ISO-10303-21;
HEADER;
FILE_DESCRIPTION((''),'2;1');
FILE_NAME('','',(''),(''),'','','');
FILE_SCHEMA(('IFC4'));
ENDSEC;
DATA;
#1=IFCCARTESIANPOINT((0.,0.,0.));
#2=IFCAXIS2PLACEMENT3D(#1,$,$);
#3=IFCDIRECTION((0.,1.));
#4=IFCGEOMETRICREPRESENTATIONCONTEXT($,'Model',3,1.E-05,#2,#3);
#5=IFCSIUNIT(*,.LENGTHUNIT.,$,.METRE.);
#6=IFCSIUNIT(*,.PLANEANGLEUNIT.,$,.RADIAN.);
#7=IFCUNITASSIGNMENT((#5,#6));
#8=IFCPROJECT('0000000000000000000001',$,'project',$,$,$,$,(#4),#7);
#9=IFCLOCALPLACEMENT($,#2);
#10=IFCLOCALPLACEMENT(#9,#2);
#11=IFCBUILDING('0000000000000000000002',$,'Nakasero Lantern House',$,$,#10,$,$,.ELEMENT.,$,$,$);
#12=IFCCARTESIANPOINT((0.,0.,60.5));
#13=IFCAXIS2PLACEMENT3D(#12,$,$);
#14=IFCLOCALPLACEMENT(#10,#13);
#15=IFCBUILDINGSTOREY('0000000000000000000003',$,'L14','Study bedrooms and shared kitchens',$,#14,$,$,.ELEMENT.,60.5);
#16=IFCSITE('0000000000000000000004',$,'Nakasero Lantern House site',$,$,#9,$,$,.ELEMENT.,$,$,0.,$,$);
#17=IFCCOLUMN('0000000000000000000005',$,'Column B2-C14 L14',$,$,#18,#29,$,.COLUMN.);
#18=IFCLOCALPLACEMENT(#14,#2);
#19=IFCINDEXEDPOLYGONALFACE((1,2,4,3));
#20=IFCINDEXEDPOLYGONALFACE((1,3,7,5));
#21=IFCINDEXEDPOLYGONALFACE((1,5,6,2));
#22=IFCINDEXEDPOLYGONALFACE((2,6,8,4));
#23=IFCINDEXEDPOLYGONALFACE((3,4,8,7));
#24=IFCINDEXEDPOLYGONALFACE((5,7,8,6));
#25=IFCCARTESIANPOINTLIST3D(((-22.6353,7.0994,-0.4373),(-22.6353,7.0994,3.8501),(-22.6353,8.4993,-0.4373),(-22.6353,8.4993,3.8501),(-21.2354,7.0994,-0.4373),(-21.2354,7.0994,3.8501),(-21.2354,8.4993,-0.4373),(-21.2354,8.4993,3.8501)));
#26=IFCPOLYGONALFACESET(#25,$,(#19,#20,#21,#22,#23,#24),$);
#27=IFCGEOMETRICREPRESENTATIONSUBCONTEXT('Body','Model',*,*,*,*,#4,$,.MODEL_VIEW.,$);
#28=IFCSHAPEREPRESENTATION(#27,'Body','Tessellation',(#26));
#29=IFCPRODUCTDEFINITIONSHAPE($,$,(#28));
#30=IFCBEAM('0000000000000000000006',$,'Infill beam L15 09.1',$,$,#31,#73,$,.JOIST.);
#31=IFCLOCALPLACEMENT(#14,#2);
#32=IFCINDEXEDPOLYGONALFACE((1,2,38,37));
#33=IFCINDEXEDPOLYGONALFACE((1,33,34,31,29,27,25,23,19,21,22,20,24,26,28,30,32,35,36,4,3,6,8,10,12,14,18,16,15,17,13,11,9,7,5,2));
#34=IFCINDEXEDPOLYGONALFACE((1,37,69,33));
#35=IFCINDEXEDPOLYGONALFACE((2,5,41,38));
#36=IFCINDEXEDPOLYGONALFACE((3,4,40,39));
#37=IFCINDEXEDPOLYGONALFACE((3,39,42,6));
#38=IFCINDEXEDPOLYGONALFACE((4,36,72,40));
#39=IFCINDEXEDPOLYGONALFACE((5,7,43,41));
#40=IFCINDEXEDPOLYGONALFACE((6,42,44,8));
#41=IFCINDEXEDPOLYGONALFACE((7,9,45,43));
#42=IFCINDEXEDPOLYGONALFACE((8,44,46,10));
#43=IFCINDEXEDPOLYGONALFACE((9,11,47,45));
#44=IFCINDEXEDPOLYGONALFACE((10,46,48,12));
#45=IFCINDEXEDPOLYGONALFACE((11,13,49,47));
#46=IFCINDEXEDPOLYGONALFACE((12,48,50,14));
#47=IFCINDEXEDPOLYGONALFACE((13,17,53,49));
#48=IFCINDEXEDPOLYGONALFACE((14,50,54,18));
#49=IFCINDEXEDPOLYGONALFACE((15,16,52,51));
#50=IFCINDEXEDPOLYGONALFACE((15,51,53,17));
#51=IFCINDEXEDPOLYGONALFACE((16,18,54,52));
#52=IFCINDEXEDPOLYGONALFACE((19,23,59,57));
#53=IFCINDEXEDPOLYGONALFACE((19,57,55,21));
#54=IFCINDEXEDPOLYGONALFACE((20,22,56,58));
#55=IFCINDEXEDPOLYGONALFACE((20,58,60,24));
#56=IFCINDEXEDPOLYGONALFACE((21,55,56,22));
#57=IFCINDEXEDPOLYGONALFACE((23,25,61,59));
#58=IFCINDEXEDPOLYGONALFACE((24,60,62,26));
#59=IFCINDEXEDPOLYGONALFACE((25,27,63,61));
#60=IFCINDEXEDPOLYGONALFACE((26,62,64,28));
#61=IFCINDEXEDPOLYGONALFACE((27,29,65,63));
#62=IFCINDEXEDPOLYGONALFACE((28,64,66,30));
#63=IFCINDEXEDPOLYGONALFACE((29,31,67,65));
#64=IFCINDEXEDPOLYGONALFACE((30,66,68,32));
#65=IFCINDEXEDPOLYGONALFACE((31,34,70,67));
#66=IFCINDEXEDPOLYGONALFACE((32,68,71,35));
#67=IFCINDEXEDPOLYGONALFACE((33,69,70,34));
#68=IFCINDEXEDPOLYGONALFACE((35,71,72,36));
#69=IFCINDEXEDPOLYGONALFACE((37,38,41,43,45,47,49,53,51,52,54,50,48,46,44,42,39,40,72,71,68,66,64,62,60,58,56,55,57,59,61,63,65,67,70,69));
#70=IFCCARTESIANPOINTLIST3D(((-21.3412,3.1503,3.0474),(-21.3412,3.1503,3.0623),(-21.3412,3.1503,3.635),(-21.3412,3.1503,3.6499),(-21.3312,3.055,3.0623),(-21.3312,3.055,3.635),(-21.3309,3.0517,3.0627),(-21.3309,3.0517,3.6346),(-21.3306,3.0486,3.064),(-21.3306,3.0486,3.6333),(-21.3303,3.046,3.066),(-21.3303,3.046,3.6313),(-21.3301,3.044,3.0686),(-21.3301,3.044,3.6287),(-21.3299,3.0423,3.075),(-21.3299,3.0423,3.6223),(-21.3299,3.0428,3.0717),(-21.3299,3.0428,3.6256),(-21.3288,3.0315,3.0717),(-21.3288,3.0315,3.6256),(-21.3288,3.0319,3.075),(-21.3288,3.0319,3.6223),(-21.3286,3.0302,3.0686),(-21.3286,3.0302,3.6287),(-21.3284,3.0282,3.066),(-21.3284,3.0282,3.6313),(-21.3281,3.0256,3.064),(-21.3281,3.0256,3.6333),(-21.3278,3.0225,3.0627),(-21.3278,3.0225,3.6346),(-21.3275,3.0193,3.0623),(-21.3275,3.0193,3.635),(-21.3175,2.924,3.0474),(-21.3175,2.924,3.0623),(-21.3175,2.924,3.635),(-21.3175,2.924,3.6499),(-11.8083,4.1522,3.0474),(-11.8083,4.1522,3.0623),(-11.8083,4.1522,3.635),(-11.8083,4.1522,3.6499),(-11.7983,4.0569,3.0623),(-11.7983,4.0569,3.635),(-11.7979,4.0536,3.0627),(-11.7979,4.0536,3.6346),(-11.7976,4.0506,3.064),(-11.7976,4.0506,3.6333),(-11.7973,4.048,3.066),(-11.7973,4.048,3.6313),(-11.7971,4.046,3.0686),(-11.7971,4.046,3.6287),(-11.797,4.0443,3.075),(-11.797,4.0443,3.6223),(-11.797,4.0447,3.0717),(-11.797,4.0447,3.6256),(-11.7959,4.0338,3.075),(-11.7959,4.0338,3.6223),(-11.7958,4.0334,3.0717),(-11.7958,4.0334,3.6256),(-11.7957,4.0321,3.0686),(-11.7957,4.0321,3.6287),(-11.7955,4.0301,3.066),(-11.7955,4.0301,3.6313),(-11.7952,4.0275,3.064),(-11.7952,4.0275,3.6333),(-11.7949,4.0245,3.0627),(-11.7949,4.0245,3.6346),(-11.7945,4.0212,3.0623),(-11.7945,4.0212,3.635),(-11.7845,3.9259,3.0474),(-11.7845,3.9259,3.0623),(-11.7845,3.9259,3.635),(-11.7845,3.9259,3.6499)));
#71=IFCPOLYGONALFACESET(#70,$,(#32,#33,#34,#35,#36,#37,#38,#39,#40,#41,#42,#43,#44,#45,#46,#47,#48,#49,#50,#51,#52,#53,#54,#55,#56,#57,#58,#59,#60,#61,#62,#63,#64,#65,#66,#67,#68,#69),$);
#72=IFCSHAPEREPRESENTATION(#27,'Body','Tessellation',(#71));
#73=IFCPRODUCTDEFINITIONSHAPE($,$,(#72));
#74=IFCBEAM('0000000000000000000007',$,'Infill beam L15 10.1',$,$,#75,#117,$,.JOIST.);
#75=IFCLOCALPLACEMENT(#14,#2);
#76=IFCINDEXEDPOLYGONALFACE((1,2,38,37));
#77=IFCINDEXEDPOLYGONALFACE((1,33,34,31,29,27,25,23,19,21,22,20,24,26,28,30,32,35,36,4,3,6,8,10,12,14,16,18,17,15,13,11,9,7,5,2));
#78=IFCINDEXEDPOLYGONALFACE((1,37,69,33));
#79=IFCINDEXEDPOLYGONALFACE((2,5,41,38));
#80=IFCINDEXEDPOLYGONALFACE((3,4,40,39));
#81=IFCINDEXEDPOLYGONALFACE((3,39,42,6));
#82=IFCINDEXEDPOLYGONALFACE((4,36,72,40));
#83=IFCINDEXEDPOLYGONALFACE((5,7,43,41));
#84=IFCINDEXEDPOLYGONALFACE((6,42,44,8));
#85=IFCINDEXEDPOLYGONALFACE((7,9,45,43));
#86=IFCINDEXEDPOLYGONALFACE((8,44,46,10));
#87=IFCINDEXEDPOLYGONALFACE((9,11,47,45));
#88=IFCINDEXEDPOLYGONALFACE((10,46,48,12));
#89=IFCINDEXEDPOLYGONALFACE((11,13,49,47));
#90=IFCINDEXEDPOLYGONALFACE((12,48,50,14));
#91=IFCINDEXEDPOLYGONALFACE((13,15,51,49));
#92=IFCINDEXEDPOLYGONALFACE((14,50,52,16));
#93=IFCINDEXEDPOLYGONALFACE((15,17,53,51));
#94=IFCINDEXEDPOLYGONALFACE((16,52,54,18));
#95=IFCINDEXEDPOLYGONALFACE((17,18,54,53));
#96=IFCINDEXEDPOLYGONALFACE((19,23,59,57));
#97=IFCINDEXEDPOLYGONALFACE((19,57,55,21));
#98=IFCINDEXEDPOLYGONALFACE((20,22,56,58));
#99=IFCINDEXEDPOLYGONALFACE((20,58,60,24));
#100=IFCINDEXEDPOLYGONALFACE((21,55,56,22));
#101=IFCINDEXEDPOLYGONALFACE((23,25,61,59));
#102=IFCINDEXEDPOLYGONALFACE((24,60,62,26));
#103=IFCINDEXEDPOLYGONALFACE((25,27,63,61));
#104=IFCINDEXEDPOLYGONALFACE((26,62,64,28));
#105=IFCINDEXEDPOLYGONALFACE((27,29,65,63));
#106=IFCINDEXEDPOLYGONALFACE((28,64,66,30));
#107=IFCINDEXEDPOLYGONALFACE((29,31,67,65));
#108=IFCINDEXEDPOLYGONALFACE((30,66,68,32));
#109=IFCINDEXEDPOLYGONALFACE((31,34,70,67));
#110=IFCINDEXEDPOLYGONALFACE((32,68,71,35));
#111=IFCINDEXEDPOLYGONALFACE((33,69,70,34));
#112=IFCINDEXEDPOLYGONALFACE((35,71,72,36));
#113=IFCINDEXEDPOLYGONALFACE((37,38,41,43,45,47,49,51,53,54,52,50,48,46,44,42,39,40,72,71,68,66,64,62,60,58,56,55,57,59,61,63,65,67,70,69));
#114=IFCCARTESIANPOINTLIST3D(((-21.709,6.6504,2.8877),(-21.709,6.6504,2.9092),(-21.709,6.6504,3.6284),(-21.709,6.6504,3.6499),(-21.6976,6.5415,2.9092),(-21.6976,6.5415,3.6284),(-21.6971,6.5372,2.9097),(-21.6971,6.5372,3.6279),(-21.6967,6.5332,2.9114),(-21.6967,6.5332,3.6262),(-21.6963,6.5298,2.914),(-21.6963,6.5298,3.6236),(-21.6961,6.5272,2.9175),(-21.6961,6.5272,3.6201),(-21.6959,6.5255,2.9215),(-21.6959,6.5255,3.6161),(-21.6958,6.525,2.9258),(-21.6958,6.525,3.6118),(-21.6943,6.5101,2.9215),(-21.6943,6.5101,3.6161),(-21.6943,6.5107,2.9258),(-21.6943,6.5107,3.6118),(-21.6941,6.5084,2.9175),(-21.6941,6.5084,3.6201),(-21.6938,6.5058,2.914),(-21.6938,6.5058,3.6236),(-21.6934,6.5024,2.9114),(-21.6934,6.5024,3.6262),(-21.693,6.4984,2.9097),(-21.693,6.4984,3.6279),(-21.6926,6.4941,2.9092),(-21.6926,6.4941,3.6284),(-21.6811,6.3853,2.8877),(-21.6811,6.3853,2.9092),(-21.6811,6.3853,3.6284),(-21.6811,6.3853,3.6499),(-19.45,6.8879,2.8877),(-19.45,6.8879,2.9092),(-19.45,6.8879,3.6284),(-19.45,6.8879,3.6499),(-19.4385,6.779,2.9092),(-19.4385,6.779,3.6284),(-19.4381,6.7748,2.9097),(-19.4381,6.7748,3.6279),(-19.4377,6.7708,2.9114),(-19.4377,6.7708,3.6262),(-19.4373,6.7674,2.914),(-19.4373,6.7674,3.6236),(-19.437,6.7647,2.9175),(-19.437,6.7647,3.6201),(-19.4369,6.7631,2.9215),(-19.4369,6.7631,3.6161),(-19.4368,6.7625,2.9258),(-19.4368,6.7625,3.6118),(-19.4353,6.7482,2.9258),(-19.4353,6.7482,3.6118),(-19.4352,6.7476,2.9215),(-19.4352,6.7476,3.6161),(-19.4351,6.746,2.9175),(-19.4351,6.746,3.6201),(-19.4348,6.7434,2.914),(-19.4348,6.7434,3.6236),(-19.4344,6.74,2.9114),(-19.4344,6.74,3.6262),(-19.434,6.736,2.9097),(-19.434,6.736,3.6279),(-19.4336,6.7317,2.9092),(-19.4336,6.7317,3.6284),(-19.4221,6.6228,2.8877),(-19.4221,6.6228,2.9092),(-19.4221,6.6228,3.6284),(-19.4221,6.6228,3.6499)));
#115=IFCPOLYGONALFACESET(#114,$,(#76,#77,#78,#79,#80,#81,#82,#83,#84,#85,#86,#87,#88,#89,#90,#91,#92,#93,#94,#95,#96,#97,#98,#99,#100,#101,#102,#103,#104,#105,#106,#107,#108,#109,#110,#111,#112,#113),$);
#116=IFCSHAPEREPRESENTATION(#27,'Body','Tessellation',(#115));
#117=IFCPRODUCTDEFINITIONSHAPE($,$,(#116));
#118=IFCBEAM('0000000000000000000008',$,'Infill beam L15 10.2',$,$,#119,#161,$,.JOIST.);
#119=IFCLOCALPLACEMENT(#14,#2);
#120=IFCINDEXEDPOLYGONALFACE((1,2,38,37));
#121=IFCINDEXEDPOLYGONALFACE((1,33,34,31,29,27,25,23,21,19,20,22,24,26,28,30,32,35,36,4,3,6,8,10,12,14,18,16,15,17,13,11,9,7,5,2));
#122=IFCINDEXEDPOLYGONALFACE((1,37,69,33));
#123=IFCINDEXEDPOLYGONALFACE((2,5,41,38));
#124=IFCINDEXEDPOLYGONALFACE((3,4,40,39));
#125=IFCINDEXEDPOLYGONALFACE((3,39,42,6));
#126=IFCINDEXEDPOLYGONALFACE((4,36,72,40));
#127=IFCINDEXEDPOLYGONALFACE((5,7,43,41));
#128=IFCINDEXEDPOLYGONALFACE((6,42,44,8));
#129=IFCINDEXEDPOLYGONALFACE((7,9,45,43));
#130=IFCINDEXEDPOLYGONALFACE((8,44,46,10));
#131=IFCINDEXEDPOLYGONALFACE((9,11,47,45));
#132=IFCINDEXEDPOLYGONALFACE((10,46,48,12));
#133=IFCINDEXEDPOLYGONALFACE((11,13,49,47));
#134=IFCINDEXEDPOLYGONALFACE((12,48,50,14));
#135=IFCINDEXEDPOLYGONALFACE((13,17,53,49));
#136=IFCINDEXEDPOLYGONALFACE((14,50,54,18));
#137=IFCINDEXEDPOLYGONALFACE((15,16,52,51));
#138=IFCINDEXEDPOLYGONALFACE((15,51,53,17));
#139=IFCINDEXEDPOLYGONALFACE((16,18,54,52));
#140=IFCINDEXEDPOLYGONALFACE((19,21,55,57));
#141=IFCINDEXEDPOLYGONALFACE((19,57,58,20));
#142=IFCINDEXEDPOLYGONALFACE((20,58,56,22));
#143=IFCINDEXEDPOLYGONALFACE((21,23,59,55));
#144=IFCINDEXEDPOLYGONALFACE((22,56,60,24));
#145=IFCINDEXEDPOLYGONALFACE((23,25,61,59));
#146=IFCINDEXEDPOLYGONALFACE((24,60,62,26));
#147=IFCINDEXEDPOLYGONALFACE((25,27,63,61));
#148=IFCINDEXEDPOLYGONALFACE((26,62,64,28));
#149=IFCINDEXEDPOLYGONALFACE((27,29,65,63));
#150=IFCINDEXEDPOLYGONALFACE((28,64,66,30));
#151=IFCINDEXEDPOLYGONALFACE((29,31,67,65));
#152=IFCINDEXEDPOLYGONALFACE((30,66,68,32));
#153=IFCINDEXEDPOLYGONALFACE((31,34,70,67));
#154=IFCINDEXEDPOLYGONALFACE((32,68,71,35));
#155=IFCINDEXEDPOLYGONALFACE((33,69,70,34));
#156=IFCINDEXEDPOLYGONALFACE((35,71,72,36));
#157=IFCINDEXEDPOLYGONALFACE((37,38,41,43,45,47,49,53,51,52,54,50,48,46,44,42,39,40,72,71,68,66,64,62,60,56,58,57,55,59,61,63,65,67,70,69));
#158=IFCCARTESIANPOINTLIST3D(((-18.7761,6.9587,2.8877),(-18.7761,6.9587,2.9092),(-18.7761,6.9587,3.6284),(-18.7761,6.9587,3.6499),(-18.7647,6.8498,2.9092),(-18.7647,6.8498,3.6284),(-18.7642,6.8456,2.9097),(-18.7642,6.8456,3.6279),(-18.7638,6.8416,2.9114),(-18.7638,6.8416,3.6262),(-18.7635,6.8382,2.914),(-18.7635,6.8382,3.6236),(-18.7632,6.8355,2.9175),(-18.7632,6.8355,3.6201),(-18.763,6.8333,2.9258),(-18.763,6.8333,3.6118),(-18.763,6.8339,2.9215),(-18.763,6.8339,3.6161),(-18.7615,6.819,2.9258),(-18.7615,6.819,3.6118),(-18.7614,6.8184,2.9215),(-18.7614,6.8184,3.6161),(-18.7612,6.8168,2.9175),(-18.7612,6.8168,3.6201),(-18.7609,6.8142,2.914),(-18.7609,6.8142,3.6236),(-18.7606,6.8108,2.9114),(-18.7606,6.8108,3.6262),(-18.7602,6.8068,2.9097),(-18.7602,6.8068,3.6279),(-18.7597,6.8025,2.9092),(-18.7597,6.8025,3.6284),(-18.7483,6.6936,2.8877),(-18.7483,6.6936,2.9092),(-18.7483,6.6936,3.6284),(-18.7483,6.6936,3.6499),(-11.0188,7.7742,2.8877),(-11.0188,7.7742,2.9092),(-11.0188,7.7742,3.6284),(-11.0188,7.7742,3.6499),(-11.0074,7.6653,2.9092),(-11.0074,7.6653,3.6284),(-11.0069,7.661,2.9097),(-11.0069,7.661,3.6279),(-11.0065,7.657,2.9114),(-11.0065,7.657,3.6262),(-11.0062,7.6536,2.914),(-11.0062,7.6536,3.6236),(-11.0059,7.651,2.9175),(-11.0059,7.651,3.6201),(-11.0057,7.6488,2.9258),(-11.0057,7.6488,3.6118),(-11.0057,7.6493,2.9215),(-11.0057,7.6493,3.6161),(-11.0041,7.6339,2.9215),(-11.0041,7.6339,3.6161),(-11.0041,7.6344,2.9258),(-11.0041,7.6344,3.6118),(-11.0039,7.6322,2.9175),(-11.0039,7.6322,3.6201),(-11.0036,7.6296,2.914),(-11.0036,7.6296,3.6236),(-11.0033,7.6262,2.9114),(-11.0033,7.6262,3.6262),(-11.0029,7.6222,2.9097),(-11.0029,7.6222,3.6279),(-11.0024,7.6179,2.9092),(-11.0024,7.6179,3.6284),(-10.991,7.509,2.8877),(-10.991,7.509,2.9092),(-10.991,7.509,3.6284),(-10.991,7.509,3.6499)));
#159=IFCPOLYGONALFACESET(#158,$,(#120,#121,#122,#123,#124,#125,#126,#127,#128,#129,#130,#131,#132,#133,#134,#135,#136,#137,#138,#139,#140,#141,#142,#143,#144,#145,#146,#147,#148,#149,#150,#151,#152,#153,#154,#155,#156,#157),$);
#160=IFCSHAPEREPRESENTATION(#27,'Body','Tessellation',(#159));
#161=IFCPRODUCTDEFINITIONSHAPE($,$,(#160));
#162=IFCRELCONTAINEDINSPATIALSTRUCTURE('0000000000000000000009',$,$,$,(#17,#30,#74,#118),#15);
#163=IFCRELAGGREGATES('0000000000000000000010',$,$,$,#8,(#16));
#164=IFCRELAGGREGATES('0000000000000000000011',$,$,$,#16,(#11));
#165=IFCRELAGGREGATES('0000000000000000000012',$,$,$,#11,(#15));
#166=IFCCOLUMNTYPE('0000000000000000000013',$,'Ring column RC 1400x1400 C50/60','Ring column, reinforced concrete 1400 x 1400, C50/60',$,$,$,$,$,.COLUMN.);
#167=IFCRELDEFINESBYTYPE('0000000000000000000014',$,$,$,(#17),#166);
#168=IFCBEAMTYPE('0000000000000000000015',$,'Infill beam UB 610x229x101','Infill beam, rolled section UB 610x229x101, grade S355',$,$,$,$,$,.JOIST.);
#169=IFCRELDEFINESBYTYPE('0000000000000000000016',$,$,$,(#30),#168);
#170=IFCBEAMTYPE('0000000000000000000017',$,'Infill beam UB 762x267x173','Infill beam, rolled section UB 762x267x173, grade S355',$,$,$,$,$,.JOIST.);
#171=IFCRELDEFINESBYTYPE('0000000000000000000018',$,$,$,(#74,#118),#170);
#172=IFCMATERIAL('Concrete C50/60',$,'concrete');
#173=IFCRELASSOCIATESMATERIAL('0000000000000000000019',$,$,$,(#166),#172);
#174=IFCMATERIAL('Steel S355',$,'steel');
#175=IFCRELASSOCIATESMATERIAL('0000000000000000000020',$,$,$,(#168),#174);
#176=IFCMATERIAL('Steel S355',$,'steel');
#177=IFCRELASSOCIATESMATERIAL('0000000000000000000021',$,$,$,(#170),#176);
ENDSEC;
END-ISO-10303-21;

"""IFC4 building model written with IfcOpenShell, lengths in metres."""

from ifc_helpers import new_model, si_unit, direction, frame, origin, origin_2d, place, context, subcontext, project, spatial, rectangle, i_section, extrude, material, material_profile, profile_set, type_object, element, save


model = new_model("IFC4")

# Units and contexts
model_context = context("Model", 3, precision=1e-05, world=origin(), true_north=direction((0.0, 1.0)))
body_context = subcontext(model_context, "Body", "Model", "MODEL_VIEW")
ifc_project = project(units=[si_unit("LENGTHUNIT", "METRE"), si_unit("PLANEANGLEUNIT", "RADIAN")], contexts=[model_context])

# Site, building, storey
site_placement = place(None, origin())
site = spatial("IfcSite", under=ifc_project, at=site_placement, Name="Nakasero Lantern House site", CompositionType="ELEMENT", RefElevation=0.0)
building_placement = place(site_placement, origin())
building = spatial("IfcBuilding", under=site, at=building_placement, Name="Nakasero Lantern House", CompositionType="ELEMENT")
storey_placement = place(building_placement, frame((0.0, 0.0, 60.5)))
storey = spatial("IfcBuildingStorey", under=building, at=storey_placement, Name="L14", Description="Study bedrooms and shared kitchens", CompositionType="ELEMENT", Elevation=60.5)

# Column
ifc_material_1 = material(Name="Concrete C50/60", Category="concrete")
ifc_material_profile_1 = material_profile(ifc_material_1, rectangle(XDim=1.3999, YDim=1.3999, at=origin_2d()), Name="RC 1400x1400")
ifc_profile_set_1 = profile_set([ifc_material_profile_1], Name="Concrete C50/60")
column_type = type_object("IfcColumnType", Name="Ring column RC 1400x1400 C50/60", Description="Ring column, reinforced concrete 1400 x 1400, C50/60", PredefinedType="COLUMN", material=ifc_profile_set_1)
column_placement = place(storey_placement, frame((-21.9353, 7.7993, -0.4373), z_axis=(0.0, 0.0, 1.0), x_axis=(1.0, 0.0, 0.0)))
element("IfcColumn", 1, at=column_placement, inside=storey, type_object=column_type, Name="Column B2-C14 L14", PredefinedType="COLUMN", context=body_context, shape_type="SweptSolid", body=[
    extrude(rectangle(XDim=1.3999, YDim=1.3999, at=origin_2d()), origin(), (0.0, 0.0, 1.0), 4.2874),
])

# Beams
ifc_material_2 = material(Name="Steel S355", Category="steel")
ifc_material_profile_2 = material_profile(ifc_material_2, i_section(OverallWidth=0.2275, OverallDepth=0.6025, WebThickness=0.0105, FlangeThickness=0.0149, FilletRadius=0.0127, at=origin_2d()), Name="UB 610x229x101")
ifc_profile_set_2 = profile_set([ifc_material_profile_2], Name="Steel S355")
beam_type_1 = type_object("IfcBeamType", Name="Infill beam UB 610x229x101", Description="Infill beam, rolled section UB 610x229x101, grade S355", PredefinedType="JOIST", material=ifc_profile_set_2)
beam_1_placement = place(storey_placement, frame((-21.3293, 3.0371, 3.3486), z_axis=(0.994522, 0.104528, 0.0), x_axis=(-0.104528, 0.994522, 0.0)))
element("IfcBeam", 2, at=beam_1_placement, inside=storey, type_object=beam_type_1, Name="Infill beam L15 09.1", PredefinedType="JOIST", context=body_context, shape_type="SweptSolid", body=[
    extrude(i_section(OverallWidth=0.2275, OverallDepth=0.6025, WebThickness=0.0105, FlangeThickness=0.0149, FilletRadius=0.0127, at=origin_2d()), origin(), (0.0, 0.0, 1.0), 9.5854),
])
ifc_material_3 = material(Name="Steel S355", Category="steel")
ifc_material_profile_3 = material_profile(ifc_material_3, i_section(OverallWidth=0.2666, OverallDepth=0.7622, WebThickness=0.0144, FlangeThickness=0.0215, FilletRadius=0.0166, at=origin_2d()), Name="UB 762x267x173")
ifc_profile_set_3 = profile_set([ifc_material_profile_3], Name="Steel S355")
beam_type_2 = type_object("IfcBeamType", Name="Infill beam UB 762x267x173", Description="Infill beam, rolled section UB 762x267x173, grade S355", PredefinedType="JOIST", material=ifc_profile_set_3)
beam_2_placement = place(storey_placement, frame((-21.6951, 6.5178, 3.2688), z_axis=(0.994517, 0.104578, 0.0), x_axis=(-0.104578, 0.994517, 0.0)))
element("IfcBeam", 3, at=beam_2_placement, inside=storey, type_object=beam_type_2, Name="Infill beam L15 10.1", PredefinedType="JOIST", context=body_context, shape_type="SweptSolid", body=[
    extrude(i_section(OverallWidth=0.2666, OverallDepth=0.7622, WebThickness=0.0144, FlangeThickness=0.0215, FilletRadius=0.0166, at=origin_2d()), origin(), (0.0, 0.0, 1.0), 2.2715),
])
beam_3_placement = place(storey_placement, frame((-18.7622, 6.8262, 3.2688), z_axis=(0.994521, 0.104541, 0.0), x_axis=(-0.104541, 0.994521, 0.0)))
element("IfcBeam", 4, at=beam_3_placement, inside=storey, type_object=beam_type_2, Name="Infill beam L15 10.2", PredefinedType="JOIST", context=body_context, shape_type="SweptSolid", body=[
    extrude(i_section(OverallWidth=0.2666, OverallDepth=0.7622, WebThickness=0.0144, FlangeThickness=0.0215, FilletRadius=0.0166, at=origin_2d()), origin(), (0.0, 0.0, 1.0), 7.8),
])

save(model, "model.ifc")
